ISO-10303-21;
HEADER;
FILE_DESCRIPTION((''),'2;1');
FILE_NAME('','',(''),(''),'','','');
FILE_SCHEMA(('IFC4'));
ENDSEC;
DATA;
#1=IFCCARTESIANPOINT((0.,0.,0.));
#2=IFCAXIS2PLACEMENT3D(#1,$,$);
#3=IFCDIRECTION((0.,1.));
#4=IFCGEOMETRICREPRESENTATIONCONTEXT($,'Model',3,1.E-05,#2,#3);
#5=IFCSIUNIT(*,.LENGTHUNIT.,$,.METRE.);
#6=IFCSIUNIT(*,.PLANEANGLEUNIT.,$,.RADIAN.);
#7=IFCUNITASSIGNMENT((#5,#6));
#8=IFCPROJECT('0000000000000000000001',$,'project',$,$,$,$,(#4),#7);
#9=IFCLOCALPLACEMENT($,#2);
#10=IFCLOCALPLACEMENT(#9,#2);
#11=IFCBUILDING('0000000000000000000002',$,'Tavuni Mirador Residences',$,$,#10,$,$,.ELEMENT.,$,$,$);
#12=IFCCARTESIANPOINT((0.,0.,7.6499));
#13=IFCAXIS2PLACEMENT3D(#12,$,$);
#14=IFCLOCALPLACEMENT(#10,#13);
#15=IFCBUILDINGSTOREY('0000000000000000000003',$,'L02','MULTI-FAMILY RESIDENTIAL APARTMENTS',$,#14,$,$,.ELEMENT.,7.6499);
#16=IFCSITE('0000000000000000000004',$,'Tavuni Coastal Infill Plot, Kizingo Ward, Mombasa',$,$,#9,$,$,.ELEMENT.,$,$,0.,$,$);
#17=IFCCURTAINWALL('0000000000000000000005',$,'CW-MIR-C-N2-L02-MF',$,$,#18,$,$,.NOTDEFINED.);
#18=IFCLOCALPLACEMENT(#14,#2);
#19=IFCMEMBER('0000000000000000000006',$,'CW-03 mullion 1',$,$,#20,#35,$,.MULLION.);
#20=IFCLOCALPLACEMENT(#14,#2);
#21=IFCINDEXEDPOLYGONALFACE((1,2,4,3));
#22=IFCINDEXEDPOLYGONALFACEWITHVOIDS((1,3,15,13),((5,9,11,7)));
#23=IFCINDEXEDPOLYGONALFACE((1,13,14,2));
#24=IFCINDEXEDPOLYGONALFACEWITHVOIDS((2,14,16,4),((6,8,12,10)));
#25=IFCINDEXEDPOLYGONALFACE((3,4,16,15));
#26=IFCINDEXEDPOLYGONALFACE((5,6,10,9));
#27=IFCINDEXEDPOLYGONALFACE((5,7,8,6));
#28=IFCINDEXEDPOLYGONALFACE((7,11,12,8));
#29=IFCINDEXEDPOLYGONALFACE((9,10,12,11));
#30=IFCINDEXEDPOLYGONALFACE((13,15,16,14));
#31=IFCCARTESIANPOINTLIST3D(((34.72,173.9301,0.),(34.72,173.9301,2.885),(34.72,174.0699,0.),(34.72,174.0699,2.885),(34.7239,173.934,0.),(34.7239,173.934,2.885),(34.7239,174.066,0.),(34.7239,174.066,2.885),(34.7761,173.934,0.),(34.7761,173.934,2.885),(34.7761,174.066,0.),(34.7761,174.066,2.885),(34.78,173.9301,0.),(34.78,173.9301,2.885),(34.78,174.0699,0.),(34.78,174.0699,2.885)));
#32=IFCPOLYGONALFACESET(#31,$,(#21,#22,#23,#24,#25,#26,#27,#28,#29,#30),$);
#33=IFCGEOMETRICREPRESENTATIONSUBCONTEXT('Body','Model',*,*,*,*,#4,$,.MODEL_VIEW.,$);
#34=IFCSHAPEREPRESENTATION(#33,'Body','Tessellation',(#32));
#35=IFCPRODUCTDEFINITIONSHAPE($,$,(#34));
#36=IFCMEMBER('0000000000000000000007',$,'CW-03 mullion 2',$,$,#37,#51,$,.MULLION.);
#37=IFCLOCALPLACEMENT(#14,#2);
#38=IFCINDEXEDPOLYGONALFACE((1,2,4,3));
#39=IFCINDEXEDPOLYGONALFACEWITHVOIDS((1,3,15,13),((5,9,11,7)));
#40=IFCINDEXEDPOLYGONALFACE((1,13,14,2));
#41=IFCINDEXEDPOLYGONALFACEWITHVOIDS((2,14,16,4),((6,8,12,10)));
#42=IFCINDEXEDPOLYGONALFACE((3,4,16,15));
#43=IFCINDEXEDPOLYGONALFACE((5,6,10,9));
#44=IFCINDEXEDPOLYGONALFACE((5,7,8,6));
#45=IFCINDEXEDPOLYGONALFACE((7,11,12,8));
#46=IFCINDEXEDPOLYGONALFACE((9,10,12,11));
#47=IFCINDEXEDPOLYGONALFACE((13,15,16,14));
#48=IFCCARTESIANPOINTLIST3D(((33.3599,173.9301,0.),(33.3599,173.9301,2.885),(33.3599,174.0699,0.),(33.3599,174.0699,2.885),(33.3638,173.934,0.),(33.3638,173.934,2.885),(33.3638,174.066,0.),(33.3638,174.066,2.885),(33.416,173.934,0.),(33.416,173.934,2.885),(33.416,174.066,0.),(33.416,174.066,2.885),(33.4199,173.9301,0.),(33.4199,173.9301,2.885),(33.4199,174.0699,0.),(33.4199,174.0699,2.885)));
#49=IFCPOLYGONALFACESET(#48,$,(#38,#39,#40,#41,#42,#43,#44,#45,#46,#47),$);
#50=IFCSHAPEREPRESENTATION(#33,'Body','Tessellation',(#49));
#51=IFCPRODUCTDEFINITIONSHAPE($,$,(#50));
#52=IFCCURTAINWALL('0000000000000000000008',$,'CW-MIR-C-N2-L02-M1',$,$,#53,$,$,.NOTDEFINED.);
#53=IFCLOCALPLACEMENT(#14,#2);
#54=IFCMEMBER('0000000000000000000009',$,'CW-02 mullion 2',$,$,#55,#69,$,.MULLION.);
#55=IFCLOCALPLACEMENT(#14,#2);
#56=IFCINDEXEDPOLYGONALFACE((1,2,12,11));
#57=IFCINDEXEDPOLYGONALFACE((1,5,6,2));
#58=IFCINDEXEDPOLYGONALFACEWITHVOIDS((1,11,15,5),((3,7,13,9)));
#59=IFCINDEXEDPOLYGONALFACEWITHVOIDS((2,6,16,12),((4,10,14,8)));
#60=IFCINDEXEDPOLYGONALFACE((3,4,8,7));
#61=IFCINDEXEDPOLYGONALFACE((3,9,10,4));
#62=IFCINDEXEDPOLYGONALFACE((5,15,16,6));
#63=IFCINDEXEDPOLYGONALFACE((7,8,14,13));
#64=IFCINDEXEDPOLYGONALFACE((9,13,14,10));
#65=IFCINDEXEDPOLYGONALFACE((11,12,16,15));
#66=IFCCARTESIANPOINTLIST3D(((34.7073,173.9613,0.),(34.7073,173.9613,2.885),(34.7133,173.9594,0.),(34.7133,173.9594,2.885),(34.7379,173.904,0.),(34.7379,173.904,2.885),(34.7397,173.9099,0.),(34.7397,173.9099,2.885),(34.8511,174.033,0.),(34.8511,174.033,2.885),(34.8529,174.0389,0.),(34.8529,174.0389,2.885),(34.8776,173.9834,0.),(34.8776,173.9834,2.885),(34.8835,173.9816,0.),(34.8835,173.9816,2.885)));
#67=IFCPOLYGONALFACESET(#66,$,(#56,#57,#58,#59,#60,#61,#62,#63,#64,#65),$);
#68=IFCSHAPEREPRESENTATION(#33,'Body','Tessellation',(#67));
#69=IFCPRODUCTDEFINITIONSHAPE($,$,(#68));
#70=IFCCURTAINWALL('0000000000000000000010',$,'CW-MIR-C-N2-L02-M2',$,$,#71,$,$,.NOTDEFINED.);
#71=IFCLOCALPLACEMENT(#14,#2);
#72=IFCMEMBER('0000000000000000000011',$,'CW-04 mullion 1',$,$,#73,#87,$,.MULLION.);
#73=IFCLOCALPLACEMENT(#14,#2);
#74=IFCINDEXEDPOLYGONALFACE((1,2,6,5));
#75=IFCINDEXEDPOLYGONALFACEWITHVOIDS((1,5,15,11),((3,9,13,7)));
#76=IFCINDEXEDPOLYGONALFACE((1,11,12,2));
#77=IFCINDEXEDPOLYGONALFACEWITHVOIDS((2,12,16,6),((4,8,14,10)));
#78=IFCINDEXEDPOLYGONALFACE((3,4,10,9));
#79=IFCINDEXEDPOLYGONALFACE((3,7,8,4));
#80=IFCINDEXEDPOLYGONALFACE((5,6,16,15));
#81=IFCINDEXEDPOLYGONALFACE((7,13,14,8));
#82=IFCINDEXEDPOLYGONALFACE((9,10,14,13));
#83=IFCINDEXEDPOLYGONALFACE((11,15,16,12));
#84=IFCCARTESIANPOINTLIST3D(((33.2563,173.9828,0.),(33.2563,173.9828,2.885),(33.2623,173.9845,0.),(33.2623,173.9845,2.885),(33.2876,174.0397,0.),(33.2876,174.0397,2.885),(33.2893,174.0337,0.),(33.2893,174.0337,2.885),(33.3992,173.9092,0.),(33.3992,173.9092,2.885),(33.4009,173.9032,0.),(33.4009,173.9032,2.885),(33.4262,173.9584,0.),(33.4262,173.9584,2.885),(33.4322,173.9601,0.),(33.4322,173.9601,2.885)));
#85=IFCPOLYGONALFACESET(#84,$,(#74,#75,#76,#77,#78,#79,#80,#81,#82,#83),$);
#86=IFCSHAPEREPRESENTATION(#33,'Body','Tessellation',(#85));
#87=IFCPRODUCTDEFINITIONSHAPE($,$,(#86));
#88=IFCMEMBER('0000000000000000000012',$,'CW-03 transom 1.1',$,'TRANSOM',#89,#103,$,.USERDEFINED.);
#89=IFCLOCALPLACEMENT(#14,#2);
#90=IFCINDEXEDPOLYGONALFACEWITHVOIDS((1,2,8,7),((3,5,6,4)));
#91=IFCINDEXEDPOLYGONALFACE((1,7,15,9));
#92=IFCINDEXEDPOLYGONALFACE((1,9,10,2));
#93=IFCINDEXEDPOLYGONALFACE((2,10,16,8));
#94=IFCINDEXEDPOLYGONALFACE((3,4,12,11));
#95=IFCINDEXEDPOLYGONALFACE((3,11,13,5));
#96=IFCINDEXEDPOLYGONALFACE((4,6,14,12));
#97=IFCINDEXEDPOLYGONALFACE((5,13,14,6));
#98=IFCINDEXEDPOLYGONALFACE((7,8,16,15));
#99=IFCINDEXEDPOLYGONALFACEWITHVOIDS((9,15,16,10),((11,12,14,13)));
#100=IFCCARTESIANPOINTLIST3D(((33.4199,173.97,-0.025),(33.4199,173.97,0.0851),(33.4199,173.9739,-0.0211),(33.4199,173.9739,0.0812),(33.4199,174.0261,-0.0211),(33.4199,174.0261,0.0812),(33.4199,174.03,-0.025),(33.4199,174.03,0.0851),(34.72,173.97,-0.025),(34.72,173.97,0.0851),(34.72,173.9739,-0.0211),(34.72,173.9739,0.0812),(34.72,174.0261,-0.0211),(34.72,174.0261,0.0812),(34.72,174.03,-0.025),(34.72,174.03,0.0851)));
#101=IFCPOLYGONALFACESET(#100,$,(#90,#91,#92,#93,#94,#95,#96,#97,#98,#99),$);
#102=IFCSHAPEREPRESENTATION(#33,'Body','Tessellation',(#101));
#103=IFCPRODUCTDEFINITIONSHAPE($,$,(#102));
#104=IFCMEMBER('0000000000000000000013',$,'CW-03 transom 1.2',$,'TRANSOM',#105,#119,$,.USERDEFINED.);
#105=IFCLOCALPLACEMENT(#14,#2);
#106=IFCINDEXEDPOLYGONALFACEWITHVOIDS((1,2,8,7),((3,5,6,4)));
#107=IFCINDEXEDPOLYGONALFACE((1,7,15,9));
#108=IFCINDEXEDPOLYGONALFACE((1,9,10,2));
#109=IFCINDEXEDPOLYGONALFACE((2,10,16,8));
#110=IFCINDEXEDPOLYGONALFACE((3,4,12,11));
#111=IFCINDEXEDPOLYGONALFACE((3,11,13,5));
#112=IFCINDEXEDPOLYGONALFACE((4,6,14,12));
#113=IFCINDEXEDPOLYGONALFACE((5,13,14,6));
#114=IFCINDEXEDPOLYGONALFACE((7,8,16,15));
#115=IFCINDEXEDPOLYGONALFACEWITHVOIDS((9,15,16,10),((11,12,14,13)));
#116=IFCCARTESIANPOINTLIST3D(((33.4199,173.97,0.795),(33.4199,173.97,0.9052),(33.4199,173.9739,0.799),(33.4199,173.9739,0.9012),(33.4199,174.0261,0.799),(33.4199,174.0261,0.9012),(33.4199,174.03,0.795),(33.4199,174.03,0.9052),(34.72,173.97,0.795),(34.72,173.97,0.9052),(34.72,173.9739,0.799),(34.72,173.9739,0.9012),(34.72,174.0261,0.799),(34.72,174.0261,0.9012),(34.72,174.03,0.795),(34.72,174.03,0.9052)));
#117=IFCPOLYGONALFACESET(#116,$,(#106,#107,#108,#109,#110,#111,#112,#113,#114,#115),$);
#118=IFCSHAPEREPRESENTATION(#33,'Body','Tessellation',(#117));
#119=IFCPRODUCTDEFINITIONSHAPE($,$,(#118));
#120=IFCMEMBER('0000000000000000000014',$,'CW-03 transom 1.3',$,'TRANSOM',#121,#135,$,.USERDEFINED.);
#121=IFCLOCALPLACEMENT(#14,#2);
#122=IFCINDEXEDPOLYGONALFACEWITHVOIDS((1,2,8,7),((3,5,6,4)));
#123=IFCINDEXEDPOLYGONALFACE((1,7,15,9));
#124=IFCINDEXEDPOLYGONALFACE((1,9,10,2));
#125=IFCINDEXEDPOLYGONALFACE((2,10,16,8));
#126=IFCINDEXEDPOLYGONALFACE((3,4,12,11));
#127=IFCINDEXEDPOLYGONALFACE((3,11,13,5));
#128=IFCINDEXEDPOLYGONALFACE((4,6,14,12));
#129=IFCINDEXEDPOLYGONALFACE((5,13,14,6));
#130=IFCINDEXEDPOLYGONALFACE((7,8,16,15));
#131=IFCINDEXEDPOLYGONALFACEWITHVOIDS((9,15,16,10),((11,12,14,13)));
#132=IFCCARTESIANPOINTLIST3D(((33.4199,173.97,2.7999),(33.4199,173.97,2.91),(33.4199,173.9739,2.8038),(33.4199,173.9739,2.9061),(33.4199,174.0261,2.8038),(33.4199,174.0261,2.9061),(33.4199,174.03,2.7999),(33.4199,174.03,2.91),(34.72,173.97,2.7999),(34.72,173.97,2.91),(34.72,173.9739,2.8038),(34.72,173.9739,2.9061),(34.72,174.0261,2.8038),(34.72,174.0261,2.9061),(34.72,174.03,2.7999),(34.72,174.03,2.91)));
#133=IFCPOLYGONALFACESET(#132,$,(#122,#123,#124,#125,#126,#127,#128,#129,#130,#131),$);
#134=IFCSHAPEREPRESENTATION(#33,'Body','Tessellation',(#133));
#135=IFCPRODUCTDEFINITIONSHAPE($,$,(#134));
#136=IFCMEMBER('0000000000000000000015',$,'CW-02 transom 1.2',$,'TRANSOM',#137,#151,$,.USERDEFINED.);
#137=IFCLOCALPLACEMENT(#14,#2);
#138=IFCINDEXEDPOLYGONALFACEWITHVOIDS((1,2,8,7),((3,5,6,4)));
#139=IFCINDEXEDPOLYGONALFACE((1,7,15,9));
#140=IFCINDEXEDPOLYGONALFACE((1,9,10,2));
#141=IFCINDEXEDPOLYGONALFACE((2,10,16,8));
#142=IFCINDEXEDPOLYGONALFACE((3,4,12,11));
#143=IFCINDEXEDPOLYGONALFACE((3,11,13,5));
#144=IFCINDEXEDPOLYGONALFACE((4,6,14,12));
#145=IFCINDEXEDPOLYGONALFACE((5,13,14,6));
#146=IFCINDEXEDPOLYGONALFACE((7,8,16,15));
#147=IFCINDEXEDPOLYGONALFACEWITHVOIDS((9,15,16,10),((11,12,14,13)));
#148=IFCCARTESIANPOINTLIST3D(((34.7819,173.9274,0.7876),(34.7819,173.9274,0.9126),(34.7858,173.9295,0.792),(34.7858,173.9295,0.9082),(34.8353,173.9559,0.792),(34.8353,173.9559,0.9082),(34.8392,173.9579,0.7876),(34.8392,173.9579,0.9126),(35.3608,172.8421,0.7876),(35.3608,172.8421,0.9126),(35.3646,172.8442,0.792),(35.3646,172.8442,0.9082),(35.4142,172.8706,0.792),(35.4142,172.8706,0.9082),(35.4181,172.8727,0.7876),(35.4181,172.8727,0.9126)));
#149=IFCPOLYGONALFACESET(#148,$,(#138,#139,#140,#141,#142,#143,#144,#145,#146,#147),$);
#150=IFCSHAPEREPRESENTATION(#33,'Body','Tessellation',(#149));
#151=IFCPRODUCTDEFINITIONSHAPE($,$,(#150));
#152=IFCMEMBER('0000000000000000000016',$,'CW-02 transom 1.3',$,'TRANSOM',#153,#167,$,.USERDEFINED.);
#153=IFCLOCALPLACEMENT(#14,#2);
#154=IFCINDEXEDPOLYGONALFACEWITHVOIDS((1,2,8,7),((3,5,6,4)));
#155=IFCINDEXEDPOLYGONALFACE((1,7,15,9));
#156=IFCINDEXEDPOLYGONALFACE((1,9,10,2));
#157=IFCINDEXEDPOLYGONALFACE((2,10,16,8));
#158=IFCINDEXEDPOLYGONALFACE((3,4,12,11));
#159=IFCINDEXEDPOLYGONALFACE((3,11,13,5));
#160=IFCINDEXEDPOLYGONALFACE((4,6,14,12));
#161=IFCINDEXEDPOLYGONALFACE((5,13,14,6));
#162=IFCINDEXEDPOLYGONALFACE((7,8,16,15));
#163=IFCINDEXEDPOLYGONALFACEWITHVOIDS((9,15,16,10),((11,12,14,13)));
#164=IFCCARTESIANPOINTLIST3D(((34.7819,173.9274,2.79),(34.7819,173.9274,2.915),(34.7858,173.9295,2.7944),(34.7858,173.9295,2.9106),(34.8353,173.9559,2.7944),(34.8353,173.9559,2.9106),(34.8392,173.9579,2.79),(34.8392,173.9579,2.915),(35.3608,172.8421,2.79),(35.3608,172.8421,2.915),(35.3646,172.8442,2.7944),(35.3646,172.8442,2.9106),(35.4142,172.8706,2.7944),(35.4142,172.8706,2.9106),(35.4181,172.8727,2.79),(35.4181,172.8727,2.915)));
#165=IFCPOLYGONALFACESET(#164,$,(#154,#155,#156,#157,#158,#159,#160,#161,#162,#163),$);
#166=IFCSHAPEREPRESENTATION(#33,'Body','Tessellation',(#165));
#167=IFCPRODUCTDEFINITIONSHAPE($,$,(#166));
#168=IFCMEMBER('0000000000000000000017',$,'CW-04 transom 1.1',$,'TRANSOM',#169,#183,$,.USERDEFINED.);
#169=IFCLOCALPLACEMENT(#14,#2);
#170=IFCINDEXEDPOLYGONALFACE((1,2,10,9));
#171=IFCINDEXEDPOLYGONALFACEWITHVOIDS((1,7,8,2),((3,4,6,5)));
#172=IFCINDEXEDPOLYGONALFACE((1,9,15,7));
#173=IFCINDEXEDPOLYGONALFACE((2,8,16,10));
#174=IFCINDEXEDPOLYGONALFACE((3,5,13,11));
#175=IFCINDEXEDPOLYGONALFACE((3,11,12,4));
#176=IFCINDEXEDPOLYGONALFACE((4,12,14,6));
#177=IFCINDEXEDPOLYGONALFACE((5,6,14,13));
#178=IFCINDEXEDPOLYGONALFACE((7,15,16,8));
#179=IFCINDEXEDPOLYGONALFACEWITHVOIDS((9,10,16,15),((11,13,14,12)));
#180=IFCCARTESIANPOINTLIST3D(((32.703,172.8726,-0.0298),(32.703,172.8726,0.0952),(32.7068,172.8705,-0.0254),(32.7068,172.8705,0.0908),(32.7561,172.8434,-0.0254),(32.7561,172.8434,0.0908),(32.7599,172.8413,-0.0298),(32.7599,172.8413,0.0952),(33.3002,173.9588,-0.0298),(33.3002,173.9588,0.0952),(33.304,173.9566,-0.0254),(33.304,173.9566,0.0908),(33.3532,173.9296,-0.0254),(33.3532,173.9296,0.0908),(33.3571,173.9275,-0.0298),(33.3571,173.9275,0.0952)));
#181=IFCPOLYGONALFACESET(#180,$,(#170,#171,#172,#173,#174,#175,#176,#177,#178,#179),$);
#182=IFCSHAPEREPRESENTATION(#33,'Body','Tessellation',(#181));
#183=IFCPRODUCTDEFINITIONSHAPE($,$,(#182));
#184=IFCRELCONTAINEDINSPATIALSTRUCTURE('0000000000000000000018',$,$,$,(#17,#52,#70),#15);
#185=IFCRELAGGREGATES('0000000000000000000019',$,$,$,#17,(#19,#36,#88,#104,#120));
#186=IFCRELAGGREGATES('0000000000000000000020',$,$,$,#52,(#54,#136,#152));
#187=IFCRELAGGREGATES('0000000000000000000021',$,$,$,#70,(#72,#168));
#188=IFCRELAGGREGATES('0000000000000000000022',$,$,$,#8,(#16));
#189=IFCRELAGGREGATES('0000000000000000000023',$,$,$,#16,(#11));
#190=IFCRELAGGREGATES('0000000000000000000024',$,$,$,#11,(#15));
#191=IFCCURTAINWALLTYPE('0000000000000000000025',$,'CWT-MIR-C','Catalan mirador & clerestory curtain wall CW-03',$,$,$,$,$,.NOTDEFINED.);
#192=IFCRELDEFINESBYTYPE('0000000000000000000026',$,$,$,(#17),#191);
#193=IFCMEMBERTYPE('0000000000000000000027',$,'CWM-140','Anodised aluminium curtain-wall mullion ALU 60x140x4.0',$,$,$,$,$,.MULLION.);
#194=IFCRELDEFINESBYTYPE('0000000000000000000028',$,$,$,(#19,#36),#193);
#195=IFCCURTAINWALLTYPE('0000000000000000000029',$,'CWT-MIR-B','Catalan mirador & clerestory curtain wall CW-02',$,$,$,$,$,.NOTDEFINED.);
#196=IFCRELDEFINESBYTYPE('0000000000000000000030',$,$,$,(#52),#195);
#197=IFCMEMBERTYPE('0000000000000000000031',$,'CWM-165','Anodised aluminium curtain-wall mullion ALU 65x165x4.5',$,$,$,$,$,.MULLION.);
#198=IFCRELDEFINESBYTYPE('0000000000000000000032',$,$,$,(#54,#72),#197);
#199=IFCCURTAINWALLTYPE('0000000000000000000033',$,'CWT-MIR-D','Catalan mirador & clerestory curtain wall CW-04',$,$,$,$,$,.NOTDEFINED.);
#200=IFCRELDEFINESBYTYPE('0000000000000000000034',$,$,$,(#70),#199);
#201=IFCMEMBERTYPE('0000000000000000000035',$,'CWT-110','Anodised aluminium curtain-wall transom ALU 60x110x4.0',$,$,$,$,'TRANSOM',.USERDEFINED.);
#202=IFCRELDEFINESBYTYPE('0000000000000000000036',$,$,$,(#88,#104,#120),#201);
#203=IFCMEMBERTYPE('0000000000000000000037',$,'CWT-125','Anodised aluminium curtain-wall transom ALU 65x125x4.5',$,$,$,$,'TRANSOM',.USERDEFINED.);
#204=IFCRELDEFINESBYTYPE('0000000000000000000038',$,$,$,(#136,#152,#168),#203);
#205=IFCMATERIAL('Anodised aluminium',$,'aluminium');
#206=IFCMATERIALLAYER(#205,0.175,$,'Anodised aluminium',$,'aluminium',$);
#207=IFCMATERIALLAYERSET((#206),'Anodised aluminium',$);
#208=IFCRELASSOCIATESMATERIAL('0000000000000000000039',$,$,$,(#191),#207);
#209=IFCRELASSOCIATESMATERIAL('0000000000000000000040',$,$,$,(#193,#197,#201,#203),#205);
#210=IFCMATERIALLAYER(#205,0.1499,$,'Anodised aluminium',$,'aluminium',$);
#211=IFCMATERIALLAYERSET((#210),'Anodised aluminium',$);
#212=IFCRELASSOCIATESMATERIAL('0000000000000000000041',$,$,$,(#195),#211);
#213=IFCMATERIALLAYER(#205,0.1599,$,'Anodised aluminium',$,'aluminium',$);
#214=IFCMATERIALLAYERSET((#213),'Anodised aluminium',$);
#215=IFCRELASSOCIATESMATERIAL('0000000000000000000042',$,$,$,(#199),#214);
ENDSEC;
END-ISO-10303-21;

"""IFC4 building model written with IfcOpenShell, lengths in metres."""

from ifc_helpers import new_model, si_unit, direction, frame, origin, origin_2d, place, context, subcontext, project, spatial, hollow_rectangle, extrude, material, layer, layer_set, material_profile, profile_set, type_object, element, aggregate, save


model = new_model("IFC4")

# Units and contexts
model_context = context("Model", 3, precision=1e-05, world=origin(), true_north=direction((0.0, 1.0)))
body_context = subcontext(model_context, "Body", "Model", "MODEL_VIEW")
ifc_project = project(units=[si_unit("LENGTHUNIT", "METRE"), si_unit("PLANEANGLEUNIT", "RADIAN")], contexts=[model_context])

# Site, building, storey
site_placement = place(None, origin())
site = spatial("IfcSite", under=ifc_project, at=site_placement, Name="Tavuni Coastal Infill Plot, Kizingo Ward, Mombasa", CompositionType="ELEMENT", RefElevation=0.0)
building_placement = place(site_placement, origin())
building = spatial("IfcBuilding", under=site, at=building_placement, Name="Tavuni Mirador Residences", CompositionType="ELEMENT")
storey_placement = place(building_placement, frame((0.0, 0.0, 7.6499)))
storey = spatial("IfcBuildingStorey", under=building, at=storey_placement, Name="L02", Description="MULTI-FAMILY RESIDENTIAL APARTMENTS", CompositionType="ELEMENT", Elevation=7.6499)

# Curtain wall, members
ifc_material_1 = material(Name="Anodised aluminium", Category="aluminium")
ifc_layer_1 = layer(ifc_material_1, 0.175, Name="Anodised aluminium", Category="aluminium")
ifc_layer_set_1 = layer_set([ifc_layer_1], Name="Anodised aluminium")
curtain_wall_type_1 = type_object("IfcCurtainWallType", Name="CWT-MIR-C", Description="Catalan mirador & clerestory curtain wall CW-03", PredefinedType="NOTDEFINED", material=ifc_layer_set_1)
curtain_wall_1_placement = place(storey_placement, origin())
curtain_wall_1 = element("IfcCurtainWall", 1, at=curtain_wall_1_placement, inside=storey, type_object=curtain_wall_type_1, Name="CW-MIR-C-N2-L02-MF", PredefinedType="NOTDEFINED")
ifc_material_profile_1 = material_profile(ifc_material_1, hollow_rectangle(XDim=0.0601, YDim=0.1399, WallThickness=0.0039, at=origin_2d()), Name="ALU 60x140x4.0", Category="aluminium")
ifc_profile_set_1 = profile_set([ifc_material_profile_1], Name="Anodised aluminium")
member_type_1 = type_object("IfcMemberType", Name="CWM-140", Description="Anodised aluminium curtain-wall mullion ALU 60x140x4.0", PredefinedType="MULLION", material=ifc_profile_set_1)
member_1_placement = place(storey_placement, frame((34.75, 174.0, 0.0), z_axis=(0.0, 0.0, 1.0), x_axis=(-1.0, 0.0, 0.0)))
member_1 = element("IfcMember", 2, at=member_1_placement, type_object=member_type_1, Name="CW-03 mullion 1", PredefinedType="MULLION", context=body_context, shape_type="SweptSolid", body=[
    extrude(hollow_rectangle(XDim=0.0601, YDim=0.1399, WallThickness=0.0039, at=origin_2d()), origin(), (0.0, 0.0, 1.0), 2.885),
])
member_2_placement = place(storey_placement, frame((33.3899, 174.0, 0.0), z_axis=(0.0, 0.0, 1.0), x_axis=(-1.0, 0.0, 0.0)))
member_2 = element("IfcMember", 3, at=member_2_placement, type_object=member_type_1, Name="CW-03 mullion 2", PredefinedType="MULLION", context=body_context, shape_type="SweptSolid", body=[
    extrude(hollow_rectangle(XDim=0.0601, YDim=0.1399, WallThickness=0.0039, at=origin_2d()), origin(), (0.0, 0.0, 1.0), 2.885),
])

# Curtain walls, members
ifc_layer_2 = layer(ifc_material_1, 0.1499, Name="Anodised aluminium", Category="aluminium")
ifc_layer_set_2 = layer_set([ifc_layer_2], Name="Anodised aluminium")
curtain_wall_type_2 = type_object("IfcCurtainWallType", Name="CWT-MIR-B", Description="Catalan mirador & clerestory curtain wall CW-02", PredefinedType="NOTDEFINED", material=ifc_layer_set_2)
curtain_wall_2_placement = place(storey_placement, origin())
curtain_wall_2 = element("IfcCurtainWall", 4, at=curtain_wall_2_placement, inside=storey, type_object=curtain_wall_type_2, Name="CW-MIR-C-N2-L02-M1", PredefinedType="NOTDEFINED")
ifc_material_profile_2 = material_profile(ifc_material_1, hollow_rectangle(XDim=0.0649, YDim=0.165, WallThickness=0.0044, at=origin_2d()), Name="ALU 65x165x4.5", Category="aluminium")
ifc_profile_set_2 = profile_set([ifc_material_profile_2], Name="Anodised aluminium")
member_type_2 = type_object("IfcMemberType", Name="CWM-165", Description="Anodised aluminium curtain-wall mullion ALU 65x165x4.5", PredefinedType="MULLION", material=ifc_profile_set_2)
member_3_placement = place(storey_placement, frame((34.7954, 173.9714, 0.0), z_axis=(0.0, 0.0, 1.0), x_axis=(-0.470588, 0.882353, 0.0)))
member_3 = element("IfcMember", 5, at=member_3_placement, type_object=member_type_2, Name="CW-02 mullion 2", PredefinedType="MULLION", context=body_context, shape_type="SweptSolid", body=[
    extrude(hollow_rectangle(XDim=0.0649, YDim=0.165, WallThickness=0.0044, at=origin_2d()), origin(), (0.0, 0.0, 1.0), 2.885),
])
ifc_layer_3 = layer(ifc_material_1, 0.1599, Name="Anodised aluminium", Category="aluminium")
ifc_layer_set_3 = layer_set([ifc_layer_3], Name="Anodised aluminium")
curtain_wall_type_3 = type_object("IfcCurtainWallType", Name="CWT-MIR-D", Description="Catalan mirador & clerestory curtain wall CW-04", PredefinedType="NOTDEFINED", material=ifc_layer_set_3)
curtain_wall_3_placement = place(storey_placement, origin())
curtain_wall_3 = element("IfcCurtainWall", 6, at=curtain_wall_3_placement, inside=storey, type_object=curtain_wall_type_3, Name="CW-MIR-C-N2-L02-M2", PredefinedType="NOTDEFINED")
member_4_placement = place(storey_placement, frame((33.3442, 173.9714, 0.0), z_axis=(0.0, 0.0, 1.0), x_axis=(-0.481919, -0.876216, 0.0)))
member_4 = element("IfcMember", 7, at=member_4_placement, type_object=member_type_2, Name="CW-04 mullion 1", PredefinedType="MULLION", context=body_context, shape_type="SweptSolid", body=[
    extrude(hollow_rectangle(XDim=0.0649, YDim=0.165, WallThickness=0.0044, at=origin_2d()), origin(), (0.0, 0.0, 1.0), 2.885),
])

# Members
ifc_material_profile_3 = material_profile(ifc_material_1, hollow_rectangle(XDim=0.0601, YDim=0.1101, WallThickness=0.0039, at=origin_2d()), Name="ALU 60x110x4.0", Category="aluminium")
ifc_profile_set_3 = profile_set([ifc_material_profile_3], Name="Anodised aluminium")
member_type_3 = type_object("IfcMemberType", Name="CWT-110", Description="Anodised aluminium curtain-wall transom ALU 60x110x4.0", ElementType="TRANSOM", PredefinedType="USERDEFINED", material=ifc_profile_set_3)
member_5_placement = place(storey_placement, frame((34.72, 174.0, 0.03), z_axis=(-1.0, 0.0, 0.0), x_axis=(0.0, -1.0, 0.0)))
member_5 = element("IfcMember", 8, at=member_5_placement, type_object=member_type_3, Name="CW-03 transom 1.1", ObjectType="TRANSOM", PredefinedType="USERDEFINED", context=body_context, shape_type="SweptSolid", body=[
    extrude(hollow_rectangle(XDim=0.0601, YDim=0.1101, WallThickness=0.0039, at=origin_2d()), origin(), (0.0, 0.0, 1.0), 1.3),
])
member_6_placement = place(storey_placement, frame((34.72, 174.0, 0.8501), z_axis=(-1.0, 0.0, 0.0), x_axis=(0.0, -1.0, 0.0)))
member_6 = element("IfcMember", 9, at=member_6_placement, type_object=member_type_3, Name="CW-03 transom 1.2", ObjectType="TRANSOM", PredefinedType="USERDEFINED", context=body_context, shape_type="SweptSolid", body=[
    extrude(hollow_rectangle(XDim=0.0601, YDim=0.1101, WallThickness=0.0039, at=origin_2d()), origin(), (0.0, 0.0, 1.0), 1.3),
])
member_7_placement = place(storey_placement, frame((34.72, 174.0, 2.855), z_axis=(-1.0, 0.0, 0.0), x_axis=(0.0, -1.0, 0.0)))
member_7 = element("IfcMember", 10, at=member_7_placement, type_object=member_type_3, Name="CW-03 transom 1.3", ObjectType="TRANSOM", PredefinedType="USERDEFINED", context=body_context, shape_type="SweptSolid", body=[
    extrude(hollow_rectangle(XDim=0.0601, YDim=0.1101, WallThickness=0.0039, at=origin_2d()), origin(), (0.0, 0.0, 1.0), 1.3),
])
ifc_material_profile_4 = material_profile(ifc_material_1, hollow_rectangle(XDim=0.0649, YDim=0.125, WallThickness=0.0044, at=origin_2d()), Name="ALU 65x125x4.5", Category="aluminium")
ifc_profile_set_4 = profile_set([ifc_material_profile_4], Name="Anodised aluminium")
member_type_4 = type_object("IfcMemberType", Name="CWT-125", Description="Anodised aluminium curtain-wall transom ALU 65x125x4.5", ElementType="TRANSOM", PredefinedType="USERDEFINED", material=ifc_profile_set_4)
member_8_placement = place(storey_placement, frame((35.3894, 172.8574, 0.8501), z_axis=(-0.47064, 0.882325, 0.0), x_axis=(-0.882325, -0.47064, 0.0)))
member_8 = element("IfcMember", 11, at=member_8_placement, type_object=member_type_4, Name="CW-02 transom 1.2", ObjectType="TRANSOM", PredefinedType="USERDEFINED", context=body_context, shape_type="SweptSolid", body=[
    extrude(hollow_rectangle(XDim=0.0649, YDim=0.125, WallThickness=0.0044, at=origin_2d()), origin(), (0.0, 0.0, 1.0), 1.23),
])
member_9_placement = place(storey_placement, frame((35.3894, 172.8574, 2.8525), z_axis=(-0.47064, 0.882325, 0.0), x_axis=(-0.882325, -0.47064, 0.0)))
member_9 = element("IfcMember", 12, at=member_9_placement, type_object=member_type_4, Name="CW-02 transom 1.3", ObjectType="TRANSOM", PredefinedType="USERDEFINED", context=body_context, shape_type="SweptSolid", body=[
    extrude(hollow_rectangle(XDim=0.0649, YDim=0.125, WallThickness=0.0044, at=origin_2d()), origin(), (0.0, 0.0, 1.0), 1.23),
])
member_10_placement = place(storey_placement, frame((33.3286, 173.9431, 0.0327), z_axis=(-0.481775, -0.876295, 0.0), x_axis=(0.876295, -0.481775, 0.0)))
member_10 = element("IfcMember", 13, at=member_10_placement, type_object=member_type_4, Name="CW-04 transom 1.1", ObjectType="TRANSOM", PredefinedType="USERDEFINED", context=body_context, shape_type="SweptSolid", body=[
    extrude(hollow_rectangle(XDim=0.0649, YDim=0.125, WallThickness=0.0044, at=origin_2d()), origin(), (0.0, 0.0, 1.0), 1.2395),
])

aggregate(curtain_wall_1, [member_1, member_2, member_5, member_6, member_7])
aggregate(curtain_wall_2, [member_3, member_8, member_9])
aggregate(curtain_wall_3, [member_4, member_10])

save(model, "model.ifc")
